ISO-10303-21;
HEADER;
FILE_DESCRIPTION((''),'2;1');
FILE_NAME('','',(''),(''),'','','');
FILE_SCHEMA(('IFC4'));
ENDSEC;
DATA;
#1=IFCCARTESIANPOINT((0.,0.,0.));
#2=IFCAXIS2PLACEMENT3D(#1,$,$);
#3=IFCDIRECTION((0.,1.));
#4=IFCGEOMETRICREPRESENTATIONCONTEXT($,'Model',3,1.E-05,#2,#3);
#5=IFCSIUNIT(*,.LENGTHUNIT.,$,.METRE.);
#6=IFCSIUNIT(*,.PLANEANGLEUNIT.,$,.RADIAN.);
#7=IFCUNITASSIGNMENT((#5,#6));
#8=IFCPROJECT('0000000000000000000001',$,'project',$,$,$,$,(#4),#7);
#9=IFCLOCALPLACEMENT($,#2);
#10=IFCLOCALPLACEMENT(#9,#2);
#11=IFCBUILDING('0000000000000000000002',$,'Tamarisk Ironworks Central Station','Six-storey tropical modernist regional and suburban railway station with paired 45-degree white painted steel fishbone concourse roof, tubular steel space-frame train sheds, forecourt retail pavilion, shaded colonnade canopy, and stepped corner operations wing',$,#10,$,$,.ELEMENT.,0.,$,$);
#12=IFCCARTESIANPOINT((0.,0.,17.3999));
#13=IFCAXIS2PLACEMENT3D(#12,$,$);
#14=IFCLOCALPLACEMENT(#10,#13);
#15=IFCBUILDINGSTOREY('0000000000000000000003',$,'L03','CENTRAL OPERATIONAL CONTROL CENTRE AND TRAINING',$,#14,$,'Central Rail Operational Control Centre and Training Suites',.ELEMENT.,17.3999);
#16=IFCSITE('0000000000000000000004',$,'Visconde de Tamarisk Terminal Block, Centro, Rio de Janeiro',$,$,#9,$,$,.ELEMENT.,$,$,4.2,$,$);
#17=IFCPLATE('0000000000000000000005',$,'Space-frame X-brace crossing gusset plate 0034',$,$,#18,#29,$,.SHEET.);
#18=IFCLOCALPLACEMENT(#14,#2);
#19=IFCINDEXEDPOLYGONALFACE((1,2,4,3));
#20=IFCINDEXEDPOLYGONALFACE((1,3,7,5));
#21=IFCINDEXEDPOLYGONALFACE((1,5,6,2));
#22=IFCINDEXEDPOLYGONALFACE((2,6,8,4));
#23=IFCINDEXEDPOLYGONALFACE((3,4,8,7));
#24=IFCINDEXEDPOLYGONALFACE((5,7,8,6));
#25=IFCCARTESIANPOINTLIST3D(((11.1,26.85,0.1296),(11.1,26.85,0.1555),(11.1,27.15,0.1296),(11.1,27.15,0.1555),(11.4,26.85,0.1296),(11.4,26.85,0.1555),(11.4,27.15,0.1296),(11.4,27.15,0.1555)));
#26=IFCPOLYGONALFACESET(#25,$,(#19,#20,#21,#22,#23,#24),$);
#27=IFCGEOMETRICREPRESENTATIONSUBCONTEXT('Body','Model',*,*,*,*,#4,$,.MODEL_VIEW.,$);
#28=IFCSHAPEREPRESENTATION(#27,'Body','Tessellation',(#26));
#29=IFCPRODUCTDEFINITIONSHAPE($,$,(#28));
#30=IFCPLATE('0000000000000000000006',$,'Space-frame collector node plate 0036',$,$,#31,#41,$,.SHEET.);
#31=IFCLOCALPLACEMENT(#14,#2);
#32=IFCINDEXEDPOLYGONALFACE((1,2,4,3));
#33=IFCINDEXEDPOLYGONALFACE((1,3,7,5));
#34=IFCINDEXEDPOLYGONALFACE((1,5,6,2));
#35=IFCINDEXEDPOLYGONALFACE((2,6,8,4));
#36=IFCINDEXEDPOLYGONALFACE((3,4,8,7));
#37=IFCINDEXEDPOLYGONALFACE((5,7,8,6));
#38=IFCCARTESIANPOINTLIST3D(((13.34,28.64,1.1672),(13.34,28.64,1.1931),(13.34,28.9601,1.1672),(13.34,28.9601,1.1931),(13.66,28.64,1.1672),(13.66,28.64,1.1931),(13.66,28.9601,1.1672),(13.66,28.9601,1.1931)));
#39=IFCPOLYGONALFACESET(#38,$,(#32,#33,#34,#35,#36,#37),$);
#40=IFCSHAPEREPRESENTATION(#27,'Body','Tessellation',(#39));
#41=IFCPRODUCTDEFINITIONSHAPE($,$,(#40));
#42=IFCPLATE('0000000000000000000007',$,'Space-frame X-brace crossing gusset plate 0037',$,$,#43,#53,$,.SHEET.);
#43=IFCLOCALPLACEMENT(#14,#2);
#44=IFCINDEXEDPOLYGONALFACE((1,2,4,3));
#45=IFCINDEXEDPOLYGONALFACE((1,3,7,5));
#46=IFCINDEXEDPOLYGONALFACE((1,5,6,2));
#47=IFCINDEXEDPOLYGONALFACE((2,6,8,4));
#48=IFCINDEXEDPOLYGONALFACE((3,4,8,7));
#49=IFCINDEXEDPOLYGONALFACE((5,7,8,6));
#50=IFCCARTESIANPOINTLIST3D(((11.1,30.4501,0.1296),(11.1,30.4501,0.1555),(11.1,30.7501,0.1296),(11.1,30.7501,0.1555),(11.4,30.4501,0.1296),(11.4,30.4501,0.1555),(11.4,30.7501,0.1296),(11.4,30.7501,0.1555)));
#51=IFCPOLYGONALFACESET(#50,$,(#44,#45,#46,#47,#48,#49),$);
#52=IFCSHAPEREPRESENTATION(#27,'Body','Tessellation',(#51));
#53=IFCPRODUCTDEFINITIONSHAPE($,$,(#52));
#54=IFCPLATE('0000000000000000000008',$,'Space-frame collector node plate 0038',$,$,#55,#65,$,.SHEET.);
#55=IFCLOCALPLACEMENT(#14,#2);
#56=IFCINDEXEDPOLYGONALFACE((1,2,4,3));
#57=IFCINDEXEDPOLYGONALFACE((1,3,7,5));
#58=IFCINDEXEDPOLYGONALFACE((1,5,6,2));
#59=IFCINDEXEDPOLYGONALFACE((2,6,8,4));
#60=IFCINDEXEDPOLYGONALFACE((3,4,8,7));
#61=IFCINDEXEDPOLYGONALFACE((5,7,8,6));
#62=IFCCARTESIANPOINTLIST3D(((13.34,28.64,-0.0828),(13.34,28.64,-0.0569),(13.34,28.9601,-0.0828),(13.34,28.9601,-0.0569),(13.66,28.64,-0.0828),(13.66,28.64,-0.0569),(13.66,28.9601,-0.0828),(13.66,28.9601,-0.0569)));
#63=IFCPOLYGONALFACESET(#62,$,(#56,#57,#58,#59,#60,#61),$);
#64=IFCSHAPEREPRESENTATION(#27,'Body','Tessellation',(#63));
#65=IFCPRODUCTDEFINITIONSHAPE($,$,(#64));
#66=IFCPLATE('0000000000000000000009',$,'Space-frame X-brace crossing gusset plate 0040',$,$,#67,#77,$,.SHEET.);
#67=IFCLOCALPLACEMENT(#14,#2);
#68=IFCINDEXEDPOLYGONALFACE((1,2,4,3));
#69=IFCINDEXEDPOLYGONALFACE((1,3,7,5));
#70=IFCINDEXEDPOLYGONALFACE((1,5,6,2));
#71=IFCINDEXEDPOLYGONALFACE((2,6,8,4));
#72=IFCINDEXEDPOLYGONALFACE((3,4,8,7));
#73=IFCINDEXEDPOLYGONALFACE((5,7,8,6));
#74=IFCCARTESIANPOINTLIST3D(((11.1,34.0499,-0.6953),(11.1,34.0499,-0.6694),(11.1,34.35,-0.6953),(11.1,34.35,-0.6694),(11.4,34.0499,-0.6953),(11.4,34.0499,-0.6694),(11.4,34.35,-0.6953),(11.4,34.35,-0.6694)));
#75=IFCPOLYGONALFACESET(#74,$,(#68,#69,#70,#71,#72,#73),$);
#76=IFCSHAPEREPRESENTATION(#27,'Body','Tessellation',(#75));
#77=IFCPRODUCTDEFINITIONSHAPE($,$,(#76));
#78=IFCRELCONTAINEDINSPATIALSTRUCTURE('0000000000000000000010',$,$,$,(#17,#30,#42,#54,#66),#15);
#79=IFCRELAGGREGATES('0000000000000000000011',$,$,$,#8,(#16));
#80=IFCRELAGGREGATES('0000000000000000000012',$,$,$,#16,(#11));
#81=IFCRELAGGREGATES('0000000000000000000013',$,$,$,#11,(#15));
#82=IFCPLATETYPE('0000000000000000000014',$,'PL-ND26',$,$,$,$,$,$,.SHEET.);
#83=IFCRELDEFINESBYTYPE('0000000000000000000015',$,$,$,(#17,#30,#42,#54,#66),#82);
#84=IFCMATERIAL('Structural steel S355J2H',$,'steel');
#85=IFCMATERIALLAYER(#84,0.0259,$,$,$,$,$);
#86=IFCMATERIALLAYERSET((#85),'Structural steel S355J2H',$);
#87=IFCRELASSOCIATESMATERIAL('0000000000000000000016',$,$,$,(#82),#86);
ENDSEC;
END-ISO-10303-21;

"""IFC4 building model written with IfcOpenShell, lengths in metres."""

from ifc_helpers import new_model, si_unit, direction, frame, origin, origin_2d, place, context, subcontext, project, spatial, rectangle, extrude, material, layer, layer_set, type_object, element, save


model = new_model("IFC4")

# Units and contexts
model_context = context("Model", 3, precision=1e-05, world=origin(), true_north=direction((0.0, 1.0)))
body_context = subcontext(model_context, "Body", "Model", "MODEL_VIEW")
ifc_project = project(units=[si_unit("LENGTHUNIT", "METRE"), si_unit("PLANEANGLEUNIT", "RADIAN")], contexts=[model_context])

# Site, building, storey
site_placement = place(None, origin())
site = spatial("IfcSite", under=ifc_project, at=site_placement, Name="Visconde de Tamarisk Terminal Block, Centro, Rio de Janeiro", CompositionType="ELEMENT", RefElevation=4.2)
building_placement = place(site_placement, origin())
building = spatial("IfcBuilding", under=site, at=building_placement, Name="Tamarisk Ironworks Central Station", Description="Six-storey tropical modernist regional and suburban railway station with paired 45-degree white painted steel fishbone concourse roof, tubular steel space-frame train sheds, forecourt retail pavilion, shaded colonnade canopy, and stepped corner operations wing", CompositionType="ELEMENT", ElevationOfRefHeight=0.0)
storey_placement = place(building_placement, frame((0.0, 0.0, 17.3999)))
storey = spatial("IfcBuildingStorey", under=building, at=storey_placement, Name="L03", Description="CENTRAL OPERATIONAL CONTROL CENTRE AND TRAINING", LongName="Central Rail Operational Control Centre and Training Suites", CompositionType="ELEMENT", Elevation=17.3999)

# Shared definitions
ifc_material = material(Name="Structural steel S355J2H", Category="steel")

# Plates
ifc_layer = layer(ifc_material, 0.0259)
ifc_layer_set = layer_set([ifc_layer], Name="Structural steel S355J2H")
plate_type = type_object("IfcPlateType", Name="PL-ND26", PredefinedType="SHEET", material=ifc_layer_set)
plate_1_placement = place(storey_placement, frame((11.25, 27.0, 0.1296), z_axis=(0.0, 0.0, 1.0), x_axis=(1.0, 0.0, 0.0)))
element("IfcPlate", 1, at=plate_1_placement, inside=storey, type_object=plate_type, Name="Space-frame X-brace crossing gusset plate 0034", PredefinedType="SHEET", context=body_context, shape_type="SweptSolid", body=[
    extrude(rectangle(XDim=0.3, YDim=0.3, at=origin_2d()), origin(), (0.0, 0.0, 1.0), 0.0259),
])
plate_2_placement = place(storey_placement, frame((13.5, 28.8, 1.1672), z_axis=(0.0, 0.0, 1.0), x_axis=(1.0, 0.0, 0.0)))
element("IfcPlate", 2, at=plate_2_placement, inside=storey, type_object=plate_type, Name="Space-frame collector node plate 0036", PredefinedType="SHEET", context=body_context, shape_type="SweptSolid", body=[
    extrude(rectangle(XDim=0.3201, YDim=0.3201, at=origin_2d()), origin(), (0.0, 0.0, 1.0), 0.0259),
])
plate_3_placement = place(storey_placement, frame((11.25, 30.6001, 0.1296), z_axis=(0.0, 0.0, 1.0), x_axis=(1.0, 0.0, 0.0)))
element("IfcPlate", 3, at=plate_3_placement, inside=storey, type_object=plate_type, Name="Space-frame X-brace crossing gusset plate 0037", PredefinedType="SHEET", context=body_context, shape_type="SweptSolid", body=[
    extrude(rectangle(XDim=0.3, YDim=0.3, at=origin_2d()), origin(), (0.0, 0.0, 1.0), 0.0259),
])
plate_4_placement = place(storey_placement, frame((13.5, 28.8, -0.0828), z_axis=(0.0, 0.0, 1.0), x_axis=(1.0, 0.0, 0.0)))
element("IfcPlate", 4, at=plate_4_placement, inside=storey, type_object=plate_type, Name="Space-frame collector node plate 0038", PredefinedType="SHEET", context=body_context, shape_type="SweptSolid", body=[
    extrude(rectangle(XDim=0.3201, YDim=0.3201, at=origin_2d()), origin(), (0.0, 0.0, 1.0), 0.0259),
])
plate_5_placement = place(storey_placement, frame((11.25, 34.2, -0.6953), z_axis=(0.0, 0.0, 1.0), x_axis=(1.0, 0.0, 0.0)))
element("IfcPlate", 5, at=plate_5_placement, inside=storey, type_object=plate_type, Name="Space-frame X-brace crossing gusset plate 0040", PredefinedType="SHEET", context=body_context, shape_type="SweptSolid", body=[
    extrude(rectangle(XDim=0.3, YDim=0.3, at=origin_2d()), origin(), (0.0, 0.0, 1.0), 0.0259),
])

save(model, "model.ifc")
